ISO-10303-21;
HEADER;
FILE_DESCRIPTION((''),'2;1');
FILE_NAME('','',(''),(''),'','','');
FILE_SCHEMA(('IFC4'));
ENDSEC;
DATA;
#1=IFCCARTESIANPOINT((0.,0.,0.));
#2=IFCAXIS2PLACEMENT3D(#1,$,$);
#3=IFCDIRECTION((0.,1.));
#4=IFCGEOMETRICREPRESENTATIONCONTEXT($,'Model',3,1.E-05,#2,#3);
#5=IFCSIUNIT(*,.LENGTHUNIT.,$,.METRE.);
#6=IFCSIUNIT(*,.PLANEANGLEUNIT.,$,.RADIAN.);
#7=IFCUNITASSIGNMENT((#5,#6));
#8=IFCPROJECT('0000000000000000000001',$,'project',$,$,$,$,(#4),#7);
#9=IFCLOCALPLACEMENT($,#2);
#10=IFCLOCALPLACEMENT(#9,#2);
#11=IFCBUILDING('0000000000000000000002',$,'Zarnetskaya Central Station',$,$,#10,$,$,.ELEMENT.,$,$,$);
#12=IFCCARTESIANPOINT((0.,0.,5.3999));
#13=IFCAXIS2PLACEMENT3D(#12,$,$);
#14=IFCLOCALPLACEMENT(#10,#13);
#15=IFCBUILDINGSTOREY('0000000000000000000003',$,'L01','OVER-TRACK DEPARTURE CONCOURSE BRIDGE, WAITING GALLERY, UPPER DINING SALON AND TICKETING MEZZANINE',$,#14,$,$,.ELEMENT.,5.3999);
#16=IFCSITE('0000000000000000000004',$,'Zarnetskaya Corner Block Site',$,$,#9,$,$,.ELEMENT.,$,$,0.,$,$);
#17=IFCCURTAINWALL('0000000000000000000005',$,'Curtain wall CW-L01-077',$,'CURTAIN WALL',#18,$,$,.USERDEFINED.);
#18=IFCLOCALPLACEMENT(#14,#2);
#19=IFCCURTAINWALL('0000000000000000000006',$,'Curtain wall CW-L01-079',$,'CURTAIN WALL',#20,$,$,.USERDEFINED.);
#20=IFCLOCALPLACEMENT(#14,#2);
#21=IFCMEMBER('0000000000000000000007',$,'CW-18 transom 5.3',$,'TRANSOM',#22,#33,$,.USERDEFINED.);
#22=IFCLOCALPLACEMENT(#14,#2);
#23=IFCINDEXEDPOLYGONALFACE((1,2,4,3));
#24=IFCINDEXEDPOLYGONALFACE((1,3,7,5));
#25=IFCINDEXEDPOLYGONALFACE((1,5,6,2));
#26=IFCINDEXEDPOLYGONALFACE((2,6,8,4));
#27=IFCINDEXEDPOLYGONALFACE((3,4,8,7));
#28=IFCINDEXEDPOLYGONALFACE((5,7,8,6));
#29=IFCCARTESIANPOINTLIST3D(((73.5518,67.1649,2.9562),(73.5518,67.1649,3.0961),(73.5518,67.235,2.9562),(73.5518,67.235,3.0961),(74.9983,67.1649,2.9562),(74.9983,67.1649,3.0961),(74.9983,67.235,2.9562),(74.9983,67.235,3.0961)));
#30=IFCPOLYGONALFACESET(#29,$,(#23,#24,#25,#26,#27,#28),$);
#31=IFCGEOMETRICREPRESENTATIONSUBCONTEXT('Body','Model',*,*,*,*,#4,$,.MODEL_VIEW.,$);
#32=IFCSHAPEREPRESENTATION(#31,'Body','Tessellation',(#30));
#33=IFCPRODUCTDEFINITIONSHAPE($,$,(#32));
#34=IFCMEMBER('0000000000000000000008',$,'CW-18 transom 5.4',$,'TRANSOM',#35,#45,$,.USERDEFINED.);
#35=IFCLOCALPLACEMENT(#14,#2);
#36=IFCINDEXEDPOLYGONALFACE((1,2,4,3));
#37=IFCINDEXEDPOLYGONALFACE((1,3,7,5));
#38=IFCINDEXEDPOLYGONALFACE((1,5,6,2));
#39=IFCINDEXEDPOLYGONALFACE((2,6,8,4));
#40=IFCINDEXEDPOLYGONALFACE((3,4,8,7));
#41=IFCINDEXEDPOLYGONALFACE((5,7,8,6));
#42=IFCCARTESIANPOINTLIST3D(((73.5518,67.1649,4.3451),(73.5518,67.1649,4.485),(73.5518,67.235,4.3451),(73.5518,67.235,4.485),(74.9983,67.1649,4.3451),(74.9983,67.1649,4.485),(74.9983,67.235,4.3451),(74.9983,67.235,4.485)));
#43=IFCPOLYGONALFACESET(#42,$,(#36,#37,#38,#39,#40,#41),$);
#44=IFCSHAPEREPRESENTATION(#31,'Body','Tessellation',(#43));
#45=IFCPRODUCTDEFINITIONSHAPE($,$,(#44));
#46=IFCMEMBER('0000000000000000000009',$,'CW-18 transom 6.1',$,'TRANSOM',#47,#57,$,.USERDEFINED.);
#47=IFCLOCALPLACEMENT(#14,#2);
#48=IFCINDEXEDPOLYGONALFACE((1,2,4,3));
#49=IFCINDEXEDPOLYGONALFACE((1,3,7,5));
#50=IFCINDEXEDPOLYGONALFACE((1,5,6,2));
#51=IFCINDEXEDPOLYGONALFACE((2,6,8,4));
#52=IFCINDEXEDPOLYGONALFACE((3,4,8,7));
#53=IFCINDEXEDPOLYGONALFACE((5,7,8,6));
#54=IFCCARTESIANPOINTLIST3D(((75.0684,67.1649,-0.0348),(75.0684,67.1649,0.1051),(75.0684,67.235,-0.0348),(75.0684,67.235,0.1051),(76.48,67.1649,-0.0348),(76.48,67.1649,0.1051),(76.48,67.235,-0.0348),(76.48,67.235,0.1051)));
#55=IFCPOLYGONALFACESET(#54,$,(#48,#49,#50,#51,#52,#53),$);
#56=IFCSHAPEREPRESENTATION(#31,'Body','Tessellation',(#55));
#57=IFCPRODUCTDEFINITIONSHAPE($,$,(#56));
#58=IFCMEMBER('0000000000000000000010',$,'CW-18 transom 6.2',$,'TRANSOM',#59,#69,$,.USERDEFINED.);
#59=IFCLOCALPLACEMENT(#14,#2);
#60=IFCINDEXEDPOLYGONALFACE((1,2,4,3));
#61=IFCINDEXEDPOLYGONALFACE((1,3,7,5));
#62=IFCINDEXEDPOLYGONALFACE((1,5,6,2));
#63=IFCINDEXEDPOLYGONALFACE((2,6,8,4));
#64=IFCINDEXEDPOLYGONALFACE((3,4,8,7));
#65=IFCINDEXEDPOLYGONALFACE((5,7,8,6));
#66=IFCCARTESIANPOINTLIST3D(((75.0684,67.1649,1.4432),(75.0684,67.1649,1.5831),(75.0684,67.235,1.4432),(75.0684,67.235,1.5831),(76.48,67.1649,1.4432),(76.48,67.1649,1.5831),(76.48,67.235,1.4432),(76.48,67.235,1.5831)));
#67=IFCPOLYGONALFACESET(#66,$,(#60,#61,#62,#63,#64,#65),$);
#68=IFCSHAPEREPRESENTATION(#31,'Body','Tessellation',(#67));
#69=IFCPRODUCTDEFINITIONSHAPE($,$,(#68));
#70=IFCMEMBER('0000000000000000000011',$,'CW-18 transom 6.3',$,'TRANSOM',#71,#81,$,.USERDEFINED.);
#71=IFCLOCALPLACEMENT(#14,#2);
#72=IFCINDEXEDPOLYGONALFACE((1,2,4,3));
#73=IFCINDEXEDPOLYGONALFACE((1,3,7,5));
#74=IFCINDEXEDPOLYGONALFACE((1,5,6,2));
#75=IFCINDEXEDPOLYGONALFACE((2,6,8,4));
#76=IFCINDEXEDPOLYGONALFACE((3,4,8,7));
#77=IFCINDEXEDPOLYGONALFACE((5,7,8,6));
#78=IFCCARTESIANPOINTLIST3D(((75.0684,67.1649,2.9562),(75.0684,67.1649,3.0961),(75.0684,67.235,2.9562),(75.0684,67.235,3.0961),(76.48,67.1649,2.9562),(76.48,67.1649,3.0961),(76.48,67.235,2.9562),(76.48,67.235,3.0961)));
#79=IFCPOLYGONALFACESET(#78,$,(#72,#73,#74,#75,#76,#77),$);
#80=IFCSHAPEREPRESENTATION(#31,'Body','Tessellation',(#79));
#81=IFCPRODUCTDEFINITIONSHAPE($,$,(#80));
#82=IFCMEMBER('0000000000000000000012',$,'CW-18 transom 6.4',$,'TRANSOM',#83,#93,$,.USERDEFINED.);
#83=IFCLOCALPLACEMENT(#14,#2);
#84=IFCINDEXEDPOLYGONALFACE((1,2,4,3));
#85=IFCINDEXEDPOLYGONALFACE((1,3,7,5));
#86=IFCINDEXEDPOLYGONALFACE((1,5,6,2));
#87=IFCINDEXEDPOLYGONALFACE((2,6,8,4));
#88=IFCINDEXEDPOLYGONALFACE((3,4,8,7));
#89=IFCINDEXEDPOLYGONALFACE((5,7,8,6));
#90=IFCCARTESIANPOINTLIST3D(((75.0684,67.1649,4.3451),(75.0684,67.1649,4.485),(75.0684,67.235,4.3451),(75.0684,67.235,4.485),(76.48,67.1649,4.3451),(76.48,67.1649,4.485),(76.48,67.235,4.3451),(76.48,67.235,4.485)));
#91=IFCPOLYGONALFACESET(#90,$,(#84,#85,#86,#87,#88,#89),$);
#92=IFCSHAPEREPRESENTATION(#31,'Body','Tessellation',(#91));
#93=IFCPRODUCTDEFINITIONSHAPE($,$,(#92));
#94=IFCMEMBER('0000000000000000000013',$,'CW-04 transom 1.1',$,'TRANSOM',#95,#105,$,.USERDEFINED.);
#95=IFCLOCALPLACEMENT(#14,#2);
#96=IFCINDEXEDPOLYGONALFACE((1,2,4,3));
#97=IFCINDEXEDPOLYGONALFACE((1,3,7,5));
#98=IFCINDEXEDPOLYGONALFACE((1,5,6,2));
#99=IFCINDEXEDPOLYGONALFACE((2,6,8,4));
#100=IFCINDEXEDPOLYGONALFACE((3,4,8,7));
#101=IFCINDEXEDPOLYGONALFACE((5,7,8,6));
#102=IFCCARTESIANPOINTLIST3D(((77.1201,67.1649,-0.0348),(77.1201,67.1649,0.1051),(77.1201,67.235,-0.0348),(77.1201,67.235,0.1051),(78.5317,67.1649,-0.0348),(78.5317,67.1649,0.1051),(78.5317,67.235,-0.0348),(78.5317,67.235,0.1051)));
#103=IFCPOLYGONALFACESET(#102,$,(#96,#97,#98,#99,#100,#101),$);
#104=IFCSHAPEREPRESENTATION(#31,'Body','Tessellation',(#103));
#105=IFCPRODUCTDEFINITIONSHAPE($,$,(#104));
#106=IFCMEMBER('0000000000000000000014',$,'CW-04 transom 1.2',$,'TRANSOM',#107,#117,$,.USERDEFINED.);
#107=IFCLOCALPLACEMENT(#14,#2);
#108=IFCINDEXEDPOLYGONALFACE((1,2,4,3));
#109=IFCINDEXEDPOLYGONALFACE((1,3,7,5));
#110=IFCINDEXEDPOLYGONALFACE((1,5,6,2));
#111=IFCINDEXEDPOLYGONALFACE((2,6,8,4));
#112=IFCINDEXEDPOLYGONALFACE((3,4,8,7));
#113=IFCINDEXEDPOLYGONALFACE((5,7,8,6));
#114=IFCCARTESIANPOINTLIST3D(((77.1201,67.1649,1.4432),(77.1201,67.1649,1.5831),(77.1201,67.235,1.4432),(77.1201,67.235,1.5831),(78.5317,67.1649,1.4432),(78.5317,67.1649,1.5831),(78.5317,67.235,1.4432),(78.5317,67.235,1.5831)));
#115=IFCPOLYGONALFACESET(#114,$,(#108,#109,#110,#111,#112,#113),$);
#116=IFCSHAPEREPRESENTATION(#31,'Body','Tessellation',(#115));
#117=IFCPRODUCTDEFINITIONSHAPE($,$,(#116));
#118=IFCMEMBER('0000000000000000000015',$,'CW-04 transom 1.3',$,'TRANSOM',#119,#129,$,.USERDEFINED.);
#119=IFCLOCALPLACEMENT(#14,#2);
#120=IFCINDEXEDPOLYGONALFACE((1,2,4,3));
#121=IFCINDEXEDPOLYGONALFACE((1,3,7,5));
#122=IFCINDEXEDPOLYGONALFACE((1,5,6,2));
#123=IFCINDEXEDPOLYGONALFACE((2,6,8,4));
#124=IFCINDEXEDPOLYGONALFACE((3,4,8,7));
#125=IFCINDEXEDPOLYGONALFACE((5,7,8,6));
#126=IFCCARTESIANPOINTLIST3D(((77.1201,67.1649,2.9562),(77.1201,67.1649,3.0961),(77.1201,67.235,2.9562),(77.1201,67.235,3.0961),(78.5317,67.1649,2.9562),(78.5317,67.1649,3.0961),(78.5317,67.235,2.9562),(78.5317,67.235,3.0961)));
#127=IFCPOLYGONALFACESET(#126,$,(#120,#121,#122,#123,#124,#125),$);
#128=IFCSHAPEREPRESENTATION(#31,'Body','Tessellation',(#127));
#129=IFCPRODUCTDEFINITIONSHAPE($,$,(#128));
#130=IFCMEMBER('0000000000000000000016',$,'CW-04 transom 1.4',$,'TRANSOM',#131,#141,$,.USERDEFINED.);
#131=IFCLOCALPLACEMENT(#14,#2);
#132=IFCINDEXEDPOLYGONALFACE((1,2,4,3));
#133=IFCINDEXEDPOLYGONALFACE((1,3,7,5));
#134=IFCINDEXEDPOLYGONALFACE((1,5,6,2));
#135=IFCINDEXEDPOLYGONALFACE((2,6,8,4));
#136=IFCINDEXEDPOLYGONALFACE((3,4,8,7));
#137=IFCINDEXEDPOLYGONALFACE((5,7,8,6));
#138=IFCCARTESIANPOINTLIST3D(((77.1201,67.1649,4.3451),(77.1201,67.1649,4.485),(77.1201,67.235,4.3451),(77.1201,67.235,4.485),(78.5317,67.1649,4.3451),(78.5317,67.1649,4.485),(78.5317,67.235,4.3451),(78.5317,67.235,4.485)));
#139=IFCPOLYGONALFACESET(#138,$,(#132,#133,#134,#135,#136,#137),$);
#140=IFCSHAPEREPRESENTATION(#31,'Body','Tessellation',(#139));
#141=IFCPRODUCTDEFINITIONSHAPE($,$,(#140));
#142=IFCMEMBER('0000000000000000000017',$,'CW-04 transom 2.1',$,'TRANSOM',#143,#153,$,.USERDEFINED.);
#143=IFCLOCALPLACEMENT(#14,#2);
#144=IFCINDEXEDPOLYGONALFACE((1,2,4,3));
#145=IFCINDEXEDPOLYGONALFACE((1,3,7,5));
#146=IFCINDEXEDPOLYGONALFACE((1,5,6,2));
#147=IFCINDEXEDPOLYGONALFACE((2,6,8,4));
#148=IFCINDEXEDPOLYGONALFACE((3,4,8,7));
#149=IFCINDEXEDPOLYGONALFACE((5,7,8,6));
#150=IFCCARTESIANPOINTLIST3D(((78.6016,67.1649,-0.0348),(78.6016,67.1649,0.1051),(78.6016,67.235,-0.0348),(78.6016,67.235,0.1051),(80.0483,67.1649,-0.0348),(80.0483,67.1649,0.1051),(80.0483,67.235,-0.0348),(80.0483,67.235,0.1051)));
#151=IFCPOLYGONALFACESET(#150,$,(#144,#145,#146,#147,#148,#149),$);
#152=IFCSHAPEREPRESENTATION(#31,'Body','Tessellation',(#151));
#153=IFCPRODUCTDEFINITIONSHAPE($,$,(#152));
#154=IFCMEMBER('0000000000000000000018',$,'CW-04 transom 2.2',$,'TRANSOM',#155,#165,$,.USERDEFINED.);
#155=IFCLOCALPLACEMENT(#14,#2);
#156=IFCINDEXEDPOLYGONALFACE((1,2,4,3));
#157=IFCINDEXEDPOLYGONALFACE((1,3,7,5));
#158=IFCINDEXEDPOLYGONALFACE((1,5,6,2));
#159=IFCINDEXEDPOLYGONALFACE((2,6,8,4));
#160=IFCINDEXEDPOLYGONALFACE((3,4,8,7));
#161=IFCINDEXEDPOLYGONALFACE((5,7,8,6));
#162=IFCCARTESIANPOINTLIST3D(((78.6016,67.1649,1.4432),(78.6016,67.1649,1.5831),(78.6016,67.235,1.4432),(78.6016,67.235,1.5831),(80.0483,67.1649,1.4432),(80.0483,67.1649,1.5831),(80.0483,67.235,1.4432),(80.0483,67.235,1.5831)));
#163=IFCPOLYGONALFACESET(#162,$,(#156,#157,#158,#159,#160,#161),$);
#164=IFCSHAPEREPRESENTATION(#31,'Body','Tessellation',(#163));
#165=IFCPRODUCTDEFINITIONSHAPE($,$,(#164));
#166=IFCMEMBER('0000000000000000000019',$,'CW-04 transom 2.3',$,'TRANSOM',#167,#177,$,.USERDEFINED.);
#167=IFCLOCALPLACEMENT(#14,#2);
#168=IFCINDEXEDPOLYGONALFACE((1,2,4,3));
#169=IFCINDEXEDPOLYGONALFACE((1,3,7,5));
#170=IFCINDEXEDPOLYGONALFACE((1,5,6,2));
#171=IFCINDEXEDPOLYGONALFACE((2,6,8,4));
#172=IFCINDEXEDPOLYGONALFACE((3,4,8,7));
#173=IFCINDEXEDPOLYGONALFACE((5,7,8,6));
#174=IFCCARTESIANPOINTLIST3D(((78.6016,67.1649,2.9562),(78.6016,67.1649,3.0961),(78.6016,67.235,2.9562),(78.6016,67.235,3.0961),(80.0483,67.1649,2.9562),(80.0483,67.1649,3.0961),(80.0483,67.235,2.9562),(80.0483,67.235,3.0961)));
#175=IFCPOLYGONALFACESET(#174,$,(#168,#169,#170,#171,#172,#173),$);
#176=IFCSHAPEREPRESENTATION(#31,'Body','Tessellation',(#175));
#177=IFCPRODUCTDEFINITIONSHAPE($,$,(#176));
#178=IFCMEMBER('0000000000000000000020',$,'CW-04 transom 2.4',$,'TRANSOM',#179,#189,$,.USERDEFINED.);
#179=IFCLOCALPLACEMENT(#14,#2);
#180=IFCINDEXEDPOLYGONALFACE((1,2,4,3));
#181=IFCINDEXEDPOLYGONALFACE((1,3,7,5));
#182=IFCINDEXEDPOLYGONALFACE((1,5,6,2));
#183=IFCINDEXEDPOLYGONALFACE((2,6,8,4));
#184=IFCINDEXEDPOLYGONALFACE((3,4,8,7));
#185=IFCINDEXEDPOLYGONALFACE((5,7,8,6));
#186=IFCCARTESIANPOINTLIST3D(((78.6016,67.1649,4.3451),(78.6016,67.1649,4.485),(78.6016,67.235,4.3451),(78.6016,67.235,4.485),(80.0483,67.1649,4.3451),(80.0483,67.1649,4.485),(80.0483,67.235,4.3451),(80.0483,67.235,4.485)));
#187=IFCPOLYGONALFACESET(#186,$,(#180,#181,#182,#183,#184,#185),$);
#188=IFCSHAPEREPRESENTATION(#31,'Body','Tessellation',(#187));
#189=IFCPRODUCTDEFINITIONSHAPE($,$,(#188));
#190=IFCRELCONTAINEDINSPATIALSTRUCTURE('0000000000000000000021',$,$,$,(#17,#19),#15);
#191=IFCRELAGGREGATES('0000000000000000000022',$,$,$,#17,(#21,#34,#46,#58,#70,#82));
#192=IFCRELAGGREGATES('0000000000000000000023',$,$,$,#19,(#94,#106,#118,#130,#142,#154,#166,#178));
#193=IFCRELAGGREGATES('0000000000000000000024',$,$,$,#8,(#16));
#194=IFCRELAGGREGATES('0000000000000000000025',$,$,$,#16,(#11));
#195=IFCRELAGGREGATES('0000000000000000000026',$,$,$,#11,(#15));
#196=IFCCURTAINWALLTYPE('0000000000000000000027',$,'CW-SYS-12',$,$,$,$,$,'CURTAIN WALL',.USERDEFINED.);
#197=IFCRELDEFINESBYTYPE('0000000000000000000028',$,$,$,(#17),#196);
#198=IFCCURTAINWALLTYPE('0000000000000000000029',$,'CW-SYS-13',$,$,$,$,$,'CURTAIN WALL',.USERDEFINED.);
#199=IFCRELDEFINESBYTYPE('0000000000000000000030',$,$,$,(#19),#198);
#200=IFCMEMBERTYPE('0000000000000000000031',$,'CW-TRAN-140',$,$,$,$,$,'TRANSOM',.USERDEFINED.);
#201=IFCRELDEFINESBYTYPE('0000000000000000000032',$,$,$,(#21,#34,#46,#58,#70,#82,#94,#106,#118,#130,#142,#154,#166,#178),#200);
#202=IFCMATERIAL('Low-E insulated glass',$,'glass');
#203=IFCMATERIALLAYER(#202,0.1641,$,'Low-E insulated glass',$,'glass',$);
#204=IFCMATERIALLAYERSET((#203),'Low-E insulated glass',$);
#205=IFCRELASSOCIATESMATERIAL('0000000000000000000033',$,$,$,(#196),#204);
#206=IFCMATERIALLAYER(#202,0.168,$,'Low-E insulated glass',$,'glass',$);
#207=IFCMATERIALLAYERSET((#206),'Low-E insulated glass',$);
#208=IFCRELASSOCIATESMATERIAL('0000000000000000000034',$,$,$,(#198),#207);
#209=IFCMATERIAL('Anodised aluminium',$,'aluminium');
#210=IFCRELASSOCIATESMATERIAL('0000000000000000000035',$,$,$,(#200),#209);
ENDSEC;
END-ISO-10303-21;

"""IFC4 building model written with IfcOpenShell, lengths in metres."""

from ifc_helpers import new_model, si_unit, direction, frame, origin, origin_2d, place, context, subcontext, project, spatial, rectangle, extrude, material, layer, layer_set, material_profile, profile_set, type_object, element, aggregate, save


model = new_model("IFC4")

# Units and contexts
model_context = context("Model", 3, precision=1e-05, world=origin(), true_north=direction((0.0, 1.0)))
body_context = subcontext(model_context, "Body", "Model", "MODEL_VIEW")
ifc_project = project(units=[si_unit("LENGTHUNIT", "METRE"), si_unit("PLANEANGLEUNIT", "RADIAN")], contexts=[model_context])

# Site, building, storey
site_placement = place(None, origin())
site = spatial("IfcSite", under=ifc_project, at=site_placement, Name="Zarnetskaya Corner Block Site", CompositionType="ELEMENT", RefElevation=0.0)
building_placement = place(site_placement, origin())
building = spatial("IfcBuilding", under=site, at=building_placement, Name="Zarnetskaya Central Station", CompositionType="ELEMENT")
storey_placement = place(building_placement, frame((0.0, 0.0, 5.3999)))
storey = spatial("IfcBuildingStorey", under=building, at=storey_placement, Name="L01", Description="OVER-TRACK DEPARTURE CONCOURSE BRIDGE, WAITING GALLERY, UPPER DINING SALON AND TICKETING MEZZANINE", CompositionType="ELEMENT", Elevation=5.3999)

# Curtain walls
ifc_material_1 = material(Name="Low-E insulated glass", Category="glass")
ifc_layer_1 = layer(ifc_material_1, 0.1641, Name="Low-E insulated glass", Category="glass")
ifc_layer_set_1 = layer_set([ifc_layer_1], Name="Low-E insulated glass")
curtain_wall_type_1 = type_object("IfcCurtainWallType", Name="CW-SYS-12", ElementType="CURTAIN WALL", PredefinedType="USERDEFINED", material=ifc_layer_set_1)
curtain_wall_1_placement = place(storey_placement, origin())
curtain_wall_1 = element("IfcCurtainWall", 1, at=curtain_wall_1_placement, inside=storey, type_object=curtain_wall_type_1, Name="Curtain wall CW-L01-077", ObjectType="CURTAIN WALL", PredefinedType="USERDEFINED")
ifc_material_2 = material(Name="Anodised aluminium", Category="aluminium")
ifc_layer_2 = layer(ifc_material_1, 0.168, Name="Low-E insulated glass", Category="glass")
ifc_layer_set_2 = layer_set([ifc_layer_2], Name="Low-E insulated glass")
curtain_wall_type_2 = type_object("IfcCurtainWallType", Name="CW-SYS-13", ElementType="CURTAIN WALL", PredefinedType="USERDEFINED", material=ifc_layer_set_2)
curtain_wall_2_placement = place(storey_placement, origin())
curtain_wall_2 = element("IfcCurtainWall", 2, at=curtain_wall_2_placement, inside=storey, type_object=curtain_wall_type_2, Name="Curtain wall CW-L01-079", ObjectType="CURTAIN WALL", PredefinedType="USERDEFINED")

# Members
ifc_material_profile_1 = material_profile(ifc_material_2, rectangle(XDim=0.0701, YDim=0.1399, at=origin_2d()), Name="ALU TRAN 70x140")
ifc_profile_set_1 = profile_set([ifc_material_profile_1], Name="Anodised aluminium")
member_type_1 = type_object("IfcMemberType", Name="CW-TRAN-140", ElementType="TRANSOM", PredefinedType="USERDEFINED", material=ifc_profile_set_1)
member_1_placement = place(storey_placement, frame((73.5518, 67.2, 3.0261), z_axis=(1.0, 0.0, 0.0), x_axis=(0.0, 1.0, 0.0)))
member_1 = element("IfcMember", 3, at=member_1_placement, type_object=member_type_1, Name="CW-18 transom 5.3", ObjectType="TRANSOM", PredefinedType="USERDEFINED", context=body_context, shape_type="SweptSolid", body=[
    extrude(rectangle(XDim=0.0701, YDim=0.1399, at=origin_2d()), origin(), (0.0, 0.0, 1.0), 1.4465),
])
member_2_placement = place(storey_placement, frame((73.5518, 67.2, 4.415), z_axis=(1.0, 0.0, 0.0), x_axis=(0.0, 1.0, 0.0)))
member_2 = element("IfcMember", 4, at=member_2_placement, type_object=member_type_1, Name="CW-18 transom 5.4", ObjectType="TRANSOM", PredefinedType="USERDEFINED", context=body_context, shape_type="SweptSolid", body=[
    extrude(rectangle(XDim=0.0701, YDim=0.1399, at=origin_2d()), origin(), (0.0, 0.0, 1.0), 1.4465),
])
member_3_placement = place(storey_placement, frame((75.0684, 67.2, 0.0352), z_axis=(1.0, 0.0, 0.0), x_axis=(0.0, 1.0, 0.0)))
member_3 = element("IfcMember", 5, at=member_3_placement, type_object=member_type_1, Name="CW-18 transom 6.1", ObjectType="TRANSOM", PredefinedType="USERDEFINED", context=body_context, shape_type="SweptSolid", body=[
    extrude(rectangle(XDim=0.0701, YDim=0.1399, at=origin_2d()), origin(), (0.0, 0.0, 1.0), 1.4116),
])
member_4_placement = place(storey_placement, frame((75.0684, 67.2, 1.5132), z_axis=(1.0, 0.0, 0.0), x_axis=(0.0, 1.0, 0.0)))
member_4 = element("IfcMember", 6, at=member_4_placement, type_object=member_type_1, Name="CW-18 transom 6.2", ObjectType="TRANSOM", PredefinedType="USERDEFINED", context=body_context, shape_type="SweptSolid", body=[
    extrude(rectangle(XDim=0.0701, YDim=0.1399, at=origin_2d()), origin(), (0.0, 0.0, 1.0), 1.4116),
])
member_5_placement = place(storey_placement, frame((75.0684, 67.2, 3.0261), z_axis=(1.0, 0.0, 0.0), x_axis=(0.0, 1.0, 0.0)))
member_5 = element("IfcMember", 7, at=member_5_placement, type_object=member_type_1, Name="CW-18 transom 6.3", ObjectType="TRANSOM", PredefinedType="USERDEFINED", context=body_context, shape_type="SweptSolid", body=[
    extrude(rectangle(XDim=0.0701, YDim=0.1399, at=origin_2d()), origin(), (0.0, 0.0, 1.0), 1.4116),
])
member_6_placement = place(storey_placement, frame((75.0684, 67.2, 4.415), z_axis=(1.0, 0.0, 0.0), x_axis=(0.0, 1.0, 0.0)))
member_6 = element("IfcMember", 8, at=member_6_placement, type_object=member_type_1, Name="CW-18 transom 6.4", ObjectType="TRANSOM", PredefinedType="USERDEFINED", context=body_context, shape_type="SweptSolid", body=[
    extrude(rectangle(XDim=0.0701, YDim=0.1399, at=origin_2d()), origin(), (0.0, 0.0, 1.0), 1.4116),
])
member_7_placement = place(storey_placement, frame((77.1201, 67.2, 0.0352), z_axis=(1.0, 0.0, 0.0), x_axis=(0.0, 1.0, 0.0)))
member_7 = element("IfcMember", 9, at=member_7_placement, type_object=member_type_1, Name="CW-04 transom 1.1", ObjectType="TRANSOM", PredefinedType="USERDEFINED", context=body_context, shape_type="SweptSolid", body=[
    extrude(rectangle(XDim=0.0701, YDim=0.1399, at=origin_2d()), origin(), (0.0, 0.0, 1.0), 1.4116),
])
member_8_placement = place(storey_placement, frame((77.1201, 67.2, 1.5132), z_axis=(1.0, 0.0, 0.0), x_axis=(0.0, 1.0, 0.0)))
member_8 = element("IfcMember", 10, at=member_8_placement, type_object=member_type_1, Name="CW-04 transom 1.2", ObjectType="TRANSOM", PredefinedType="USERDEFINED", context=body_context, shape_type="SweptSolid", body=[
    extrude(rectangle(XDim=0.0701, YDim=0.1399, at=origin_2d()), origin(), (0.0, 0.0, 1.0), 1.4116),
])
member_9_placement = place(storey_placement, frame((77.1201, 67.2, 3.0261), z_axis=(1.0, 0.0, 0.0), x_axis=(0.0, 1.0, 0.0)))
member_9 = element("IfcMember", 11, at=member_9_placement, type_object=member_type_1, Name="CW-04 transom 1.3", ObjectType="TRANSOM", PredefinedType="USERDEFINED", context=body_context, shape_type="SweptSolid", body=[
    extrude(rectangle(XDim=0.0701, YDim=0.1399, at=origin_2d()), origin(), (0.0, 0.0, 1.0), 1.4116),
])
member_10_placement = place(storey_placement, frame((77.1201, 67.2, 4.415), z_axis=(1.0, 0.0, 0.0), x_axis=(0.0, 1.0, 0.0)))
member_10 = element("IfcMember", 12, at=member_10_placement, type_object=member_type_1, Name="CW-04 transom 1.4", ObjectType="TRANSOM", PredefinedType="USERDEFINED", context=body_context, shape_type="SweptSolid", body=[
    extrude(rectangle(XDim=0.0701, YDim=0.1399, at=origin_2d()), origin(), (0.0, 0.0, 1.0), 1.4116),
])
member_11_placement = place(storey_placement, frame((78.6016, 67.2, 0.0352), z_axis=(1.0, 0.0, 0.0), x_axis=(0.0, 1.0, 0.0)))
member_11 = element("IfcMember", 13, at=member_11_placement, type_object=member_type_1, Name="CW-04 transom 2.1", ObjectType="TRANSOM", PredefinedType="USERDEFINED", context=body_context, shape_type="SweptSolid", body=[
    extrude(rectangle(XDim=0.0701, YDim=0.1399, at=origin_2d()), origin(), (0.0, 0.0, 1.0), 1.4468),
])
member_12_placement = place(storey_placement, frame((78.6016, 67.2, 1.5132), z_axis=(1.0, 0.0, 0.0), x_axis=(0.0, 1.0, 0.0)))
member_12 = element("IfcMember", 14, at=member_12_placement, type_object=member_type_1, Name="CW-04 transom 2.2", ObjectType="TRANSOM", PredefinedType="USERDEFINED", context=body_context, shape_type="SweptSolid", body=[
    extrude(rectangle(XDim=0.0701, YDim=0.1399, at=origin_2d()), origin(), (0.0, 0.0, 1.0), 1.4468),
])
member_13_placement = place(storey_placement, frame((78.6016, 67.2, 3.0261), z_axis=(1.0, 0.0, 0.0), x_axis=(0.0, 1.0, 0.0)))
member_13 = element("IfcMember", 15, at=member_13_placement, type_object=member_type_1, Name="CW-04 transom 2.3", ObjectType="TRANSOM", PredefinedType="USERDEFINED", context=body_context, shape_type="SweptSolid", body=[
    extrude(rectangle(XDim=0.0701, YDim=0.1399, at=origin_2d()), origin(), (0.0, 0.0, 1.0), 1.4468),
])
member_14_placement = place(storey_placement, frame((78.6016, 67.2, 4.415), z_axis=(1.0, 0.0, 0.0), x_axis=(0.0, 1.0, 0.0)))
member_14 = element("IfcMember", 16, at=member_14_placement, type_object=member_type_1, Name="CW-04 transom 2.4", ObjectType="TRANSOM", PredefinedType="USERDEFINED", context=body_context, shape_type="SweptSolid", body=[
    extrude(rectangle(XDim=0.0701, YDim=0.1399, at=origin_2d()), origin(), (0.0, 0.0, 1.0), 1.4468),
])

aggregate(curtain_wall_1, [member_1, member_2, member_3, member_4, member_5, member_6])
aggregate(curtain_wall_2, [member_7, member_8, member_9, member_10, member_11, member_12, member_13, member_14])

save(model, "model.ifc")
